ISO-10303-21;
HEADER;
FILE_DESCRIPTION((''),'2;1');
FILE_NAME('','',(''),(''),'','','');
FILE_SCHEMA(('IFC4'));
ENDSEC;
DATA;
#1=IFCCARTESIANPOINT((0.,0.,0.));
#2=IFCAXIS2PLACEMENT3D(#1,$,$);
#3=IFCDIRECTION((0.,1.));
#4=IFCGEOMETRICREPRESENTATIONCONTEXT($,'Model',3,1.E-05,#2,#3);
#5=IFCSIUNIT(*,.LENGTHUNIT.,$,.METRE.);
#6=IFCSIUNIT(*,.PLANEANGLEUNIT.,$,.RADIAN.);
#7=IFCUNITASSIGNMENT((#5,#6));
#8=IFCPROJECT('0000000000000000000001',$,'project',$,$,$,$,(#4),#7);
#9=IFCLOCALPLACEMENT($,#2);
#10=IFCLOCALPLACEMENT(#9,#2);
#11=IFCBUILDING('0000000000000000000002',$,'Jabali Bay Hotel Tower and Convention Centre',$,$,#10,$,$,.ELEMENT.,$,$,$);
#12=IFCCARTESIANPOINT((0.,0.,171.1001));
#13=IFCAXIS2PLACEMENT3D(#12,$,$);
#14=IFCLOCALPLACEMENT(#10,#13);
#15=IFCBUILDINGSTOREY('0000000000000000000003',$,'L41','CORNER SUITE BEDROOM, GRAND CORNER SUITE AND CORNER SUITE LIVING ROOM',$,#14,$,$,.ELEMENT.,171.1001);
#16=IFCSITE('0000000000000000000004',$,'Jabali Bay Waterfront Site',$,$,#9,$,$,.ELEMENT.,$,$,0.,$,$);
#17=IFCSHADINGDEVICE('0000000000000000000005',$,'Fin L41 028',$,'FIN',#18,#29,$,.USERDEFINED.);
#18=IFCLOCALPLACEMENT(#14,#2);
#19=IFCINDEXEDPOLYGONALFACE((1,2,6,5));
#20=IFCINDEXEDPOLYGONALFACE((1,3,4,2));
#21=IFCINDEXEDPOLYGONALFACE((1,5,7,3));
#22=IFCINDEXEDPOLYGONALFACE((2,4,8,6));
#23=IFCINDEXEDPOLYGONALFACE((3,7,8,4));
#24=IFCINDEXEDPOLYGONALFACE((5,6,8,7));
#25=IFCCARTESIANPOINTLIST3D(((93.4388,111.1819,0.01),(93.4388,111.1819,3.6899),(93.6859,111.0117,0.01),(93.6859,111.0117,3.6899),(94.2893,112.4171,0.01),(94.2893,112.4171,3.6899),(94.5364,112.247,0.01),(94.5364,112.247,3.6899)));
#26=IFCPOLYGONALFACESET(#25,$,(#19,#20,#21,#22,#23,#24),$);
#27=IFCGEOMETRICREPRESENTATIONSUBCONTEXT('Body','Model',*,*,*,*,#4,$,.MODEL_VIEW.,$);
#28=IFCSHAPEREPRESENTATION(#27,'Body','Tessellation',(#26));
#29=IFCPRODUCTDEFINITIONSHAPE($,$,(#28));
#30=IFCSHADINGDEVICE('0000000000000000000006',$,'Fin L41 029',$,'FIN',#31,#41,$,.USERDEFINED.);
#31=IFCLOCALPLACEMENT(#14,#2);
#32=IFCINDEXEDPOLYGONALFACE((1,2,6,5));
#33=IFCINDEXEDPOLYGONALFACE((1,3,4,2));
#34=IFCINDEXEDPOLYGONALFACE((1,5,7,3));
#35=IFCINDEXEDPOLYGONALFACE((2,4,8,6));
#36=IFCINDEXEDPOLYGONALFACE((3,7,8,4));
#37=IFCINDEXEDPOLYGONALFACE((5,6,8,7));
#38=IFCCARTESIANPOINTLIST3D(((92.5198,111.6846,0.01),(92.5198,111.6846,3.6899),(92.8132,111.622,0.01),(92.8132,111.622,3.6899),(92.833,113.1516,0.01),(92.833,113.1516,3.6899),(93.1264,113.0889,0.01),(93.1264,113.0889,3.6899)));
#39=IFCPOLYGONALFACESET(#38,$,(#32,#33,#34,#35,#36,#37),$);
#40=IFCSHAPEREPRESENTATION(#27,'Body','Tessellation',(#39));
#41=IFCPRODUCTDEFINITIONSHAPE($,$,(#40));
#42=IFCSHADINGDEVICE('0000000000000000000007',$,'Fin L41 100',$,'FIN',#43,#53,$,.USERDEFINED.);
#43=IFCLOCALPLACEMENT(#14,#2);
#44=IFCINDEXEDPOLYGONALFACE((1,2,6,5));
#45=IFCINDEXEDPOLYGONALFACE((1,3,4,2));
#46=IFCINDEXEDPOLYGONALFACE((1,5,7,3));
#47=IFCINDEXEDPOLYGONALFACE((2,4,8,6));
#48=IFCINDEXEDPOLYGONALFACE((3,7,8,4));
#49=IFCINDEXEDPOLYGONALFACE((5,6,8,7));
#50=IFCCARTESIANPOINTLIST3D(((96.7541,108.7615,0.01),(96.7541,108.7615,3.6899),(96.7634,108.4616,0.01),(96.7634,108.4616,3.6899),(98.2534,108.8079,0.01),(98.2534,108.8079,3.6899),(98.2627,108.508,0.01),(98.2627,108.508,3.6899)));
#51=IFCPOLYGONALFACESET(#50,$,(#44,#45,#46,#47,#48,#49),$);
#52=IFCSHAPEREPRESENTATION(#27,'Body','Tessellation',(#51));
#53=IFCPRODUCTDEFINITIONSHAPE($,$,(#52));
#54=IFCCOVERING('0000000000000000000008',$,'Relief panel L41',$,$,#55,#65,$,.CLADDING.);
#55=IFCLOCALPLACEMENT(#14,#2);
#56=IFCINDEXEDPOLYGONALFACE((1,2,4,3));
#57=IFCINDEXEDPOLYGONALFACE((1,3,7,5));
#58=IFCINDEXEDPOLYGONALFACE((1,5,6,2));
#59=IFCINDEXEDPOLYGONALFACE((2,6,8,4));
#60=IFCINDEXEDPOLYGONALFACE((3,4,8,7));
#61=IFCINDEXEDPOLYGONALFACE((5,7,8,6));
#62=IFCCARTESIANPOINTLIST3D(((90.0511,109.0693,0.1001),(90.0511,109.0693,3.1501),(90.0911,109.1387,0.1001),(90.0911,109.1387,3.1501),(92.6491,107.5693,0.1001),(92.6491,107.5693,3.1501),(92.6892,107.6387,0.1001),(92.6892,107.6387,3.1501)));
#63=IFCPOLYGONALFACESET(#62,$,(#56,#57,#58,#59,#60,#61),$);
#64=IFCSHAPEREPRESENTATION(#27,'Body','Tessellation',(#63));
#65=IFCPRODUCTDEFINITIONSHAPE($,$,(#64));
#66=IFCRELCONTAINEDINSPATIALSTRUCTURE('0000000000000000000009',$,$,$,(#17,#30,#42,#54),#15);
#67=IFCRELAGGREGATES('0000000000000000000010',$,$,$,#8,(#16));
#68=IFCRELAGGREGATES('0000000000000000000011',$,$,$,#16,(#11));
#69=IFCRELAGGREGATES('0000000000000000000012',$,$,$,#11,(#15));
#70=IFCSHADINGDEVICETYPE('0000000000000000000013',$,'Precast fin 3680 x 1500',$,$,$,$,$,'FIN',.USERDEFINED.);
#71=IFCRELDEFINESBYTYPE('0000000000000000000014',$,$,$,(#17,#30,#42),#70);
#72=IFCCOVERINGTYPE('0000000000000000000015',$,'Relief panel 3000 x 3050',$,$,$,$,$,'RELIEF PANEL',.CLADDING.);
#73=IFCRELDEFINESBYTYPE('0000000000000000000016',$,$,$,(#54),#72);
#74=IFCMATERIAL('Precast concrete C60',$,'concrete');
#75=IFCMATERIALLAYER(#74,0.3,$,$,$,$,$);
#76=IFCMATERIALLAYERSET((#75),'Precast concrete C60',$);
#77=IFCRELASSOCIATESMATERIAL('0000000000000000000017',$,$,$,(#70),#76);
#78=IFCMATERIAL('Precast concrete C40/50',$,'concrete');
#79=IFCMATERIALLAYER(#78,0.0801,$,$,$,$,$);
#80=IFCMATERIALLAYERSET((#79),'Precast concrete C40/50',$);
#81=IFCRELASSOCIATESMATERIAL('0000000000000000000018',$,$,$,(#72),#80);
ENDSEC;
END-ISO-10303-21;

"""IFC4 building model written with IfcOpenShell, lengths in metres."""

from ifc_helpers import new_model, si_unit, direction, frame, frame_2d, origin, origin_2d, place, context, subcontext, project, spatial, rectangle, extrude, material, layer, layer_set, type_object, element, save


model = new_model("IFC4")

# Units and contexts
model_context = context("Model", 3, precision=1e-05, world=origin(), true_north=direction((0.0, 1.0)))
body_context = subcontext(model_context, "Body", "Model", "MODEL_VIEW")
ifc_project = project(units=[si_unit("LENGTHUNIT", "METRE"), si_unit("PLANEANGLEUNIT", "RADIAN")], contexts=[model_context])

# Site, building, storey
site_placement = place(None, origin())
site = spatial("IfcSite", under=ifc_project, at=site_placement, Name="Jabali Bay Waterfront Site", CompositionType="ELEMENT", RefElevation=0.0)
building_placement = place(site_placement, origin())
building = spatial("IfcBuilding", under=site, at=building_placement, Name="Jabali Bay Hotel Tower and Convention Centre", CompositionType="ELEMENT")
storey_placement = place(building_placement, frame((0.0, 0.0, 171.1001)))
storey = spatial("IfcBuildingStorey", under=building, at=storey_placement, Name="L41", Description="CORNER SUITE BEDROOM, GRAND CORNER SUITE AND CORNER SUITE LIVING ROOM", CompositionType="ELEMENT", Elevation=171.1001)

# Shading devices
ifc_material_1 = material(Name="Precast concrete C60", Category="concrete")
ifc_layer_1 = layer(ifc_material_1, 0.3)
ifc_layer_set_1 = layer_set([ifc_layer_1], Name="Precast concrete C60")
shading_device_type = type_object("IfcShadingDeviceType", Name="Precast fin 3680 x 1500", ElementType="FIN", PredefinedType="USERDEFINED", material=ifc_layer_set_1)
shading_device_1_placement = place(storey_placement, frame((93.5623, 111.0967, 0.01), z_axis=(0.0, 0.0, 1.0), x_axis=(0.567109, 0.823643, 0.0)))
element("IfcShadingDevice", 1, at=shading_device_1_placement, inside=storey, type_object=shading_device_type, Name="Fin L41 028", ObjectType="FIN", PredefinedType="USERDEFINED", context=body_context, shape_type="SweptSolid", body=[
    extrude(rectangle(XDim=1.4998, YDim=0.3, at=frame_2d((0.75, 0.0))), origin(), (0.0, 0.0, 1.0), 3.6799),
])
for number, where, z_axis, x_axis, name in (
    (2, (92.6665, 111.6533, 0.01), (0.0, 0.0, 1.0), (0.208807, 0.977957, 0.0), "Fin L41 029"),
    (3, (96.7588, 108.6116, 0.01), (0.0, 0.0, 1.0), (0.999522, 0.030925, 0.0), "Fin L41 100"),
):
    element("IfcShadingDevice", number, at=place(storey_placement, frame(where, z_axis=z_axis, x_axis=x_axis)), inside=storey, type_object=shading_device_type, Name=name, ObjectType="FIN", PredefinedType="USERDEFINED", context=body_context, shape_type="SweptSolid", body=[
        extrude(rectangle(XDim=1.5, YDim=0.3, at=frame_2d((0.75, 0.0))), origin(), (0.0, 0.0, 1.0), 3.6799),
    ])

# Covering
ifc_material_2 = material(Name="Precast concrete C40/50", Category="concrete")
ifc_layer_2 = layer(ifc_material_2, 0.0801)
ifc_layer_set_2 = layer_set([ifc_layer_2], Name="Precast concrete C40/50")
covering_type = type_object("IfcCoveringType", Name="Relief panel 3000 x 3050", ElementType="RELIEF PANEL", PredefinedType="CLADDING", material=ifc_layer_set_2)
covering_placement = place(storey_placement, frame((91.3701, 108.354, 0.1001), z_axis=(0.0, 0.0, 1.0), x_axis=(0.866025, -0.5, 0.0)))
element("IfcCovering", 4, at=covering_placement, inside=storey, type_object=covering_type, Name="Relief panel L41", PredefinedType="CLADDING", context=body_context, shape_type="SweptSolid", body=[
    extrude(rectangle(XDim=3.0, YDim=0.0801, at=origin_2d()), origin(), (0.0, 0.0, 1.0), 3.05),
])

save(model, "model.ifc")
